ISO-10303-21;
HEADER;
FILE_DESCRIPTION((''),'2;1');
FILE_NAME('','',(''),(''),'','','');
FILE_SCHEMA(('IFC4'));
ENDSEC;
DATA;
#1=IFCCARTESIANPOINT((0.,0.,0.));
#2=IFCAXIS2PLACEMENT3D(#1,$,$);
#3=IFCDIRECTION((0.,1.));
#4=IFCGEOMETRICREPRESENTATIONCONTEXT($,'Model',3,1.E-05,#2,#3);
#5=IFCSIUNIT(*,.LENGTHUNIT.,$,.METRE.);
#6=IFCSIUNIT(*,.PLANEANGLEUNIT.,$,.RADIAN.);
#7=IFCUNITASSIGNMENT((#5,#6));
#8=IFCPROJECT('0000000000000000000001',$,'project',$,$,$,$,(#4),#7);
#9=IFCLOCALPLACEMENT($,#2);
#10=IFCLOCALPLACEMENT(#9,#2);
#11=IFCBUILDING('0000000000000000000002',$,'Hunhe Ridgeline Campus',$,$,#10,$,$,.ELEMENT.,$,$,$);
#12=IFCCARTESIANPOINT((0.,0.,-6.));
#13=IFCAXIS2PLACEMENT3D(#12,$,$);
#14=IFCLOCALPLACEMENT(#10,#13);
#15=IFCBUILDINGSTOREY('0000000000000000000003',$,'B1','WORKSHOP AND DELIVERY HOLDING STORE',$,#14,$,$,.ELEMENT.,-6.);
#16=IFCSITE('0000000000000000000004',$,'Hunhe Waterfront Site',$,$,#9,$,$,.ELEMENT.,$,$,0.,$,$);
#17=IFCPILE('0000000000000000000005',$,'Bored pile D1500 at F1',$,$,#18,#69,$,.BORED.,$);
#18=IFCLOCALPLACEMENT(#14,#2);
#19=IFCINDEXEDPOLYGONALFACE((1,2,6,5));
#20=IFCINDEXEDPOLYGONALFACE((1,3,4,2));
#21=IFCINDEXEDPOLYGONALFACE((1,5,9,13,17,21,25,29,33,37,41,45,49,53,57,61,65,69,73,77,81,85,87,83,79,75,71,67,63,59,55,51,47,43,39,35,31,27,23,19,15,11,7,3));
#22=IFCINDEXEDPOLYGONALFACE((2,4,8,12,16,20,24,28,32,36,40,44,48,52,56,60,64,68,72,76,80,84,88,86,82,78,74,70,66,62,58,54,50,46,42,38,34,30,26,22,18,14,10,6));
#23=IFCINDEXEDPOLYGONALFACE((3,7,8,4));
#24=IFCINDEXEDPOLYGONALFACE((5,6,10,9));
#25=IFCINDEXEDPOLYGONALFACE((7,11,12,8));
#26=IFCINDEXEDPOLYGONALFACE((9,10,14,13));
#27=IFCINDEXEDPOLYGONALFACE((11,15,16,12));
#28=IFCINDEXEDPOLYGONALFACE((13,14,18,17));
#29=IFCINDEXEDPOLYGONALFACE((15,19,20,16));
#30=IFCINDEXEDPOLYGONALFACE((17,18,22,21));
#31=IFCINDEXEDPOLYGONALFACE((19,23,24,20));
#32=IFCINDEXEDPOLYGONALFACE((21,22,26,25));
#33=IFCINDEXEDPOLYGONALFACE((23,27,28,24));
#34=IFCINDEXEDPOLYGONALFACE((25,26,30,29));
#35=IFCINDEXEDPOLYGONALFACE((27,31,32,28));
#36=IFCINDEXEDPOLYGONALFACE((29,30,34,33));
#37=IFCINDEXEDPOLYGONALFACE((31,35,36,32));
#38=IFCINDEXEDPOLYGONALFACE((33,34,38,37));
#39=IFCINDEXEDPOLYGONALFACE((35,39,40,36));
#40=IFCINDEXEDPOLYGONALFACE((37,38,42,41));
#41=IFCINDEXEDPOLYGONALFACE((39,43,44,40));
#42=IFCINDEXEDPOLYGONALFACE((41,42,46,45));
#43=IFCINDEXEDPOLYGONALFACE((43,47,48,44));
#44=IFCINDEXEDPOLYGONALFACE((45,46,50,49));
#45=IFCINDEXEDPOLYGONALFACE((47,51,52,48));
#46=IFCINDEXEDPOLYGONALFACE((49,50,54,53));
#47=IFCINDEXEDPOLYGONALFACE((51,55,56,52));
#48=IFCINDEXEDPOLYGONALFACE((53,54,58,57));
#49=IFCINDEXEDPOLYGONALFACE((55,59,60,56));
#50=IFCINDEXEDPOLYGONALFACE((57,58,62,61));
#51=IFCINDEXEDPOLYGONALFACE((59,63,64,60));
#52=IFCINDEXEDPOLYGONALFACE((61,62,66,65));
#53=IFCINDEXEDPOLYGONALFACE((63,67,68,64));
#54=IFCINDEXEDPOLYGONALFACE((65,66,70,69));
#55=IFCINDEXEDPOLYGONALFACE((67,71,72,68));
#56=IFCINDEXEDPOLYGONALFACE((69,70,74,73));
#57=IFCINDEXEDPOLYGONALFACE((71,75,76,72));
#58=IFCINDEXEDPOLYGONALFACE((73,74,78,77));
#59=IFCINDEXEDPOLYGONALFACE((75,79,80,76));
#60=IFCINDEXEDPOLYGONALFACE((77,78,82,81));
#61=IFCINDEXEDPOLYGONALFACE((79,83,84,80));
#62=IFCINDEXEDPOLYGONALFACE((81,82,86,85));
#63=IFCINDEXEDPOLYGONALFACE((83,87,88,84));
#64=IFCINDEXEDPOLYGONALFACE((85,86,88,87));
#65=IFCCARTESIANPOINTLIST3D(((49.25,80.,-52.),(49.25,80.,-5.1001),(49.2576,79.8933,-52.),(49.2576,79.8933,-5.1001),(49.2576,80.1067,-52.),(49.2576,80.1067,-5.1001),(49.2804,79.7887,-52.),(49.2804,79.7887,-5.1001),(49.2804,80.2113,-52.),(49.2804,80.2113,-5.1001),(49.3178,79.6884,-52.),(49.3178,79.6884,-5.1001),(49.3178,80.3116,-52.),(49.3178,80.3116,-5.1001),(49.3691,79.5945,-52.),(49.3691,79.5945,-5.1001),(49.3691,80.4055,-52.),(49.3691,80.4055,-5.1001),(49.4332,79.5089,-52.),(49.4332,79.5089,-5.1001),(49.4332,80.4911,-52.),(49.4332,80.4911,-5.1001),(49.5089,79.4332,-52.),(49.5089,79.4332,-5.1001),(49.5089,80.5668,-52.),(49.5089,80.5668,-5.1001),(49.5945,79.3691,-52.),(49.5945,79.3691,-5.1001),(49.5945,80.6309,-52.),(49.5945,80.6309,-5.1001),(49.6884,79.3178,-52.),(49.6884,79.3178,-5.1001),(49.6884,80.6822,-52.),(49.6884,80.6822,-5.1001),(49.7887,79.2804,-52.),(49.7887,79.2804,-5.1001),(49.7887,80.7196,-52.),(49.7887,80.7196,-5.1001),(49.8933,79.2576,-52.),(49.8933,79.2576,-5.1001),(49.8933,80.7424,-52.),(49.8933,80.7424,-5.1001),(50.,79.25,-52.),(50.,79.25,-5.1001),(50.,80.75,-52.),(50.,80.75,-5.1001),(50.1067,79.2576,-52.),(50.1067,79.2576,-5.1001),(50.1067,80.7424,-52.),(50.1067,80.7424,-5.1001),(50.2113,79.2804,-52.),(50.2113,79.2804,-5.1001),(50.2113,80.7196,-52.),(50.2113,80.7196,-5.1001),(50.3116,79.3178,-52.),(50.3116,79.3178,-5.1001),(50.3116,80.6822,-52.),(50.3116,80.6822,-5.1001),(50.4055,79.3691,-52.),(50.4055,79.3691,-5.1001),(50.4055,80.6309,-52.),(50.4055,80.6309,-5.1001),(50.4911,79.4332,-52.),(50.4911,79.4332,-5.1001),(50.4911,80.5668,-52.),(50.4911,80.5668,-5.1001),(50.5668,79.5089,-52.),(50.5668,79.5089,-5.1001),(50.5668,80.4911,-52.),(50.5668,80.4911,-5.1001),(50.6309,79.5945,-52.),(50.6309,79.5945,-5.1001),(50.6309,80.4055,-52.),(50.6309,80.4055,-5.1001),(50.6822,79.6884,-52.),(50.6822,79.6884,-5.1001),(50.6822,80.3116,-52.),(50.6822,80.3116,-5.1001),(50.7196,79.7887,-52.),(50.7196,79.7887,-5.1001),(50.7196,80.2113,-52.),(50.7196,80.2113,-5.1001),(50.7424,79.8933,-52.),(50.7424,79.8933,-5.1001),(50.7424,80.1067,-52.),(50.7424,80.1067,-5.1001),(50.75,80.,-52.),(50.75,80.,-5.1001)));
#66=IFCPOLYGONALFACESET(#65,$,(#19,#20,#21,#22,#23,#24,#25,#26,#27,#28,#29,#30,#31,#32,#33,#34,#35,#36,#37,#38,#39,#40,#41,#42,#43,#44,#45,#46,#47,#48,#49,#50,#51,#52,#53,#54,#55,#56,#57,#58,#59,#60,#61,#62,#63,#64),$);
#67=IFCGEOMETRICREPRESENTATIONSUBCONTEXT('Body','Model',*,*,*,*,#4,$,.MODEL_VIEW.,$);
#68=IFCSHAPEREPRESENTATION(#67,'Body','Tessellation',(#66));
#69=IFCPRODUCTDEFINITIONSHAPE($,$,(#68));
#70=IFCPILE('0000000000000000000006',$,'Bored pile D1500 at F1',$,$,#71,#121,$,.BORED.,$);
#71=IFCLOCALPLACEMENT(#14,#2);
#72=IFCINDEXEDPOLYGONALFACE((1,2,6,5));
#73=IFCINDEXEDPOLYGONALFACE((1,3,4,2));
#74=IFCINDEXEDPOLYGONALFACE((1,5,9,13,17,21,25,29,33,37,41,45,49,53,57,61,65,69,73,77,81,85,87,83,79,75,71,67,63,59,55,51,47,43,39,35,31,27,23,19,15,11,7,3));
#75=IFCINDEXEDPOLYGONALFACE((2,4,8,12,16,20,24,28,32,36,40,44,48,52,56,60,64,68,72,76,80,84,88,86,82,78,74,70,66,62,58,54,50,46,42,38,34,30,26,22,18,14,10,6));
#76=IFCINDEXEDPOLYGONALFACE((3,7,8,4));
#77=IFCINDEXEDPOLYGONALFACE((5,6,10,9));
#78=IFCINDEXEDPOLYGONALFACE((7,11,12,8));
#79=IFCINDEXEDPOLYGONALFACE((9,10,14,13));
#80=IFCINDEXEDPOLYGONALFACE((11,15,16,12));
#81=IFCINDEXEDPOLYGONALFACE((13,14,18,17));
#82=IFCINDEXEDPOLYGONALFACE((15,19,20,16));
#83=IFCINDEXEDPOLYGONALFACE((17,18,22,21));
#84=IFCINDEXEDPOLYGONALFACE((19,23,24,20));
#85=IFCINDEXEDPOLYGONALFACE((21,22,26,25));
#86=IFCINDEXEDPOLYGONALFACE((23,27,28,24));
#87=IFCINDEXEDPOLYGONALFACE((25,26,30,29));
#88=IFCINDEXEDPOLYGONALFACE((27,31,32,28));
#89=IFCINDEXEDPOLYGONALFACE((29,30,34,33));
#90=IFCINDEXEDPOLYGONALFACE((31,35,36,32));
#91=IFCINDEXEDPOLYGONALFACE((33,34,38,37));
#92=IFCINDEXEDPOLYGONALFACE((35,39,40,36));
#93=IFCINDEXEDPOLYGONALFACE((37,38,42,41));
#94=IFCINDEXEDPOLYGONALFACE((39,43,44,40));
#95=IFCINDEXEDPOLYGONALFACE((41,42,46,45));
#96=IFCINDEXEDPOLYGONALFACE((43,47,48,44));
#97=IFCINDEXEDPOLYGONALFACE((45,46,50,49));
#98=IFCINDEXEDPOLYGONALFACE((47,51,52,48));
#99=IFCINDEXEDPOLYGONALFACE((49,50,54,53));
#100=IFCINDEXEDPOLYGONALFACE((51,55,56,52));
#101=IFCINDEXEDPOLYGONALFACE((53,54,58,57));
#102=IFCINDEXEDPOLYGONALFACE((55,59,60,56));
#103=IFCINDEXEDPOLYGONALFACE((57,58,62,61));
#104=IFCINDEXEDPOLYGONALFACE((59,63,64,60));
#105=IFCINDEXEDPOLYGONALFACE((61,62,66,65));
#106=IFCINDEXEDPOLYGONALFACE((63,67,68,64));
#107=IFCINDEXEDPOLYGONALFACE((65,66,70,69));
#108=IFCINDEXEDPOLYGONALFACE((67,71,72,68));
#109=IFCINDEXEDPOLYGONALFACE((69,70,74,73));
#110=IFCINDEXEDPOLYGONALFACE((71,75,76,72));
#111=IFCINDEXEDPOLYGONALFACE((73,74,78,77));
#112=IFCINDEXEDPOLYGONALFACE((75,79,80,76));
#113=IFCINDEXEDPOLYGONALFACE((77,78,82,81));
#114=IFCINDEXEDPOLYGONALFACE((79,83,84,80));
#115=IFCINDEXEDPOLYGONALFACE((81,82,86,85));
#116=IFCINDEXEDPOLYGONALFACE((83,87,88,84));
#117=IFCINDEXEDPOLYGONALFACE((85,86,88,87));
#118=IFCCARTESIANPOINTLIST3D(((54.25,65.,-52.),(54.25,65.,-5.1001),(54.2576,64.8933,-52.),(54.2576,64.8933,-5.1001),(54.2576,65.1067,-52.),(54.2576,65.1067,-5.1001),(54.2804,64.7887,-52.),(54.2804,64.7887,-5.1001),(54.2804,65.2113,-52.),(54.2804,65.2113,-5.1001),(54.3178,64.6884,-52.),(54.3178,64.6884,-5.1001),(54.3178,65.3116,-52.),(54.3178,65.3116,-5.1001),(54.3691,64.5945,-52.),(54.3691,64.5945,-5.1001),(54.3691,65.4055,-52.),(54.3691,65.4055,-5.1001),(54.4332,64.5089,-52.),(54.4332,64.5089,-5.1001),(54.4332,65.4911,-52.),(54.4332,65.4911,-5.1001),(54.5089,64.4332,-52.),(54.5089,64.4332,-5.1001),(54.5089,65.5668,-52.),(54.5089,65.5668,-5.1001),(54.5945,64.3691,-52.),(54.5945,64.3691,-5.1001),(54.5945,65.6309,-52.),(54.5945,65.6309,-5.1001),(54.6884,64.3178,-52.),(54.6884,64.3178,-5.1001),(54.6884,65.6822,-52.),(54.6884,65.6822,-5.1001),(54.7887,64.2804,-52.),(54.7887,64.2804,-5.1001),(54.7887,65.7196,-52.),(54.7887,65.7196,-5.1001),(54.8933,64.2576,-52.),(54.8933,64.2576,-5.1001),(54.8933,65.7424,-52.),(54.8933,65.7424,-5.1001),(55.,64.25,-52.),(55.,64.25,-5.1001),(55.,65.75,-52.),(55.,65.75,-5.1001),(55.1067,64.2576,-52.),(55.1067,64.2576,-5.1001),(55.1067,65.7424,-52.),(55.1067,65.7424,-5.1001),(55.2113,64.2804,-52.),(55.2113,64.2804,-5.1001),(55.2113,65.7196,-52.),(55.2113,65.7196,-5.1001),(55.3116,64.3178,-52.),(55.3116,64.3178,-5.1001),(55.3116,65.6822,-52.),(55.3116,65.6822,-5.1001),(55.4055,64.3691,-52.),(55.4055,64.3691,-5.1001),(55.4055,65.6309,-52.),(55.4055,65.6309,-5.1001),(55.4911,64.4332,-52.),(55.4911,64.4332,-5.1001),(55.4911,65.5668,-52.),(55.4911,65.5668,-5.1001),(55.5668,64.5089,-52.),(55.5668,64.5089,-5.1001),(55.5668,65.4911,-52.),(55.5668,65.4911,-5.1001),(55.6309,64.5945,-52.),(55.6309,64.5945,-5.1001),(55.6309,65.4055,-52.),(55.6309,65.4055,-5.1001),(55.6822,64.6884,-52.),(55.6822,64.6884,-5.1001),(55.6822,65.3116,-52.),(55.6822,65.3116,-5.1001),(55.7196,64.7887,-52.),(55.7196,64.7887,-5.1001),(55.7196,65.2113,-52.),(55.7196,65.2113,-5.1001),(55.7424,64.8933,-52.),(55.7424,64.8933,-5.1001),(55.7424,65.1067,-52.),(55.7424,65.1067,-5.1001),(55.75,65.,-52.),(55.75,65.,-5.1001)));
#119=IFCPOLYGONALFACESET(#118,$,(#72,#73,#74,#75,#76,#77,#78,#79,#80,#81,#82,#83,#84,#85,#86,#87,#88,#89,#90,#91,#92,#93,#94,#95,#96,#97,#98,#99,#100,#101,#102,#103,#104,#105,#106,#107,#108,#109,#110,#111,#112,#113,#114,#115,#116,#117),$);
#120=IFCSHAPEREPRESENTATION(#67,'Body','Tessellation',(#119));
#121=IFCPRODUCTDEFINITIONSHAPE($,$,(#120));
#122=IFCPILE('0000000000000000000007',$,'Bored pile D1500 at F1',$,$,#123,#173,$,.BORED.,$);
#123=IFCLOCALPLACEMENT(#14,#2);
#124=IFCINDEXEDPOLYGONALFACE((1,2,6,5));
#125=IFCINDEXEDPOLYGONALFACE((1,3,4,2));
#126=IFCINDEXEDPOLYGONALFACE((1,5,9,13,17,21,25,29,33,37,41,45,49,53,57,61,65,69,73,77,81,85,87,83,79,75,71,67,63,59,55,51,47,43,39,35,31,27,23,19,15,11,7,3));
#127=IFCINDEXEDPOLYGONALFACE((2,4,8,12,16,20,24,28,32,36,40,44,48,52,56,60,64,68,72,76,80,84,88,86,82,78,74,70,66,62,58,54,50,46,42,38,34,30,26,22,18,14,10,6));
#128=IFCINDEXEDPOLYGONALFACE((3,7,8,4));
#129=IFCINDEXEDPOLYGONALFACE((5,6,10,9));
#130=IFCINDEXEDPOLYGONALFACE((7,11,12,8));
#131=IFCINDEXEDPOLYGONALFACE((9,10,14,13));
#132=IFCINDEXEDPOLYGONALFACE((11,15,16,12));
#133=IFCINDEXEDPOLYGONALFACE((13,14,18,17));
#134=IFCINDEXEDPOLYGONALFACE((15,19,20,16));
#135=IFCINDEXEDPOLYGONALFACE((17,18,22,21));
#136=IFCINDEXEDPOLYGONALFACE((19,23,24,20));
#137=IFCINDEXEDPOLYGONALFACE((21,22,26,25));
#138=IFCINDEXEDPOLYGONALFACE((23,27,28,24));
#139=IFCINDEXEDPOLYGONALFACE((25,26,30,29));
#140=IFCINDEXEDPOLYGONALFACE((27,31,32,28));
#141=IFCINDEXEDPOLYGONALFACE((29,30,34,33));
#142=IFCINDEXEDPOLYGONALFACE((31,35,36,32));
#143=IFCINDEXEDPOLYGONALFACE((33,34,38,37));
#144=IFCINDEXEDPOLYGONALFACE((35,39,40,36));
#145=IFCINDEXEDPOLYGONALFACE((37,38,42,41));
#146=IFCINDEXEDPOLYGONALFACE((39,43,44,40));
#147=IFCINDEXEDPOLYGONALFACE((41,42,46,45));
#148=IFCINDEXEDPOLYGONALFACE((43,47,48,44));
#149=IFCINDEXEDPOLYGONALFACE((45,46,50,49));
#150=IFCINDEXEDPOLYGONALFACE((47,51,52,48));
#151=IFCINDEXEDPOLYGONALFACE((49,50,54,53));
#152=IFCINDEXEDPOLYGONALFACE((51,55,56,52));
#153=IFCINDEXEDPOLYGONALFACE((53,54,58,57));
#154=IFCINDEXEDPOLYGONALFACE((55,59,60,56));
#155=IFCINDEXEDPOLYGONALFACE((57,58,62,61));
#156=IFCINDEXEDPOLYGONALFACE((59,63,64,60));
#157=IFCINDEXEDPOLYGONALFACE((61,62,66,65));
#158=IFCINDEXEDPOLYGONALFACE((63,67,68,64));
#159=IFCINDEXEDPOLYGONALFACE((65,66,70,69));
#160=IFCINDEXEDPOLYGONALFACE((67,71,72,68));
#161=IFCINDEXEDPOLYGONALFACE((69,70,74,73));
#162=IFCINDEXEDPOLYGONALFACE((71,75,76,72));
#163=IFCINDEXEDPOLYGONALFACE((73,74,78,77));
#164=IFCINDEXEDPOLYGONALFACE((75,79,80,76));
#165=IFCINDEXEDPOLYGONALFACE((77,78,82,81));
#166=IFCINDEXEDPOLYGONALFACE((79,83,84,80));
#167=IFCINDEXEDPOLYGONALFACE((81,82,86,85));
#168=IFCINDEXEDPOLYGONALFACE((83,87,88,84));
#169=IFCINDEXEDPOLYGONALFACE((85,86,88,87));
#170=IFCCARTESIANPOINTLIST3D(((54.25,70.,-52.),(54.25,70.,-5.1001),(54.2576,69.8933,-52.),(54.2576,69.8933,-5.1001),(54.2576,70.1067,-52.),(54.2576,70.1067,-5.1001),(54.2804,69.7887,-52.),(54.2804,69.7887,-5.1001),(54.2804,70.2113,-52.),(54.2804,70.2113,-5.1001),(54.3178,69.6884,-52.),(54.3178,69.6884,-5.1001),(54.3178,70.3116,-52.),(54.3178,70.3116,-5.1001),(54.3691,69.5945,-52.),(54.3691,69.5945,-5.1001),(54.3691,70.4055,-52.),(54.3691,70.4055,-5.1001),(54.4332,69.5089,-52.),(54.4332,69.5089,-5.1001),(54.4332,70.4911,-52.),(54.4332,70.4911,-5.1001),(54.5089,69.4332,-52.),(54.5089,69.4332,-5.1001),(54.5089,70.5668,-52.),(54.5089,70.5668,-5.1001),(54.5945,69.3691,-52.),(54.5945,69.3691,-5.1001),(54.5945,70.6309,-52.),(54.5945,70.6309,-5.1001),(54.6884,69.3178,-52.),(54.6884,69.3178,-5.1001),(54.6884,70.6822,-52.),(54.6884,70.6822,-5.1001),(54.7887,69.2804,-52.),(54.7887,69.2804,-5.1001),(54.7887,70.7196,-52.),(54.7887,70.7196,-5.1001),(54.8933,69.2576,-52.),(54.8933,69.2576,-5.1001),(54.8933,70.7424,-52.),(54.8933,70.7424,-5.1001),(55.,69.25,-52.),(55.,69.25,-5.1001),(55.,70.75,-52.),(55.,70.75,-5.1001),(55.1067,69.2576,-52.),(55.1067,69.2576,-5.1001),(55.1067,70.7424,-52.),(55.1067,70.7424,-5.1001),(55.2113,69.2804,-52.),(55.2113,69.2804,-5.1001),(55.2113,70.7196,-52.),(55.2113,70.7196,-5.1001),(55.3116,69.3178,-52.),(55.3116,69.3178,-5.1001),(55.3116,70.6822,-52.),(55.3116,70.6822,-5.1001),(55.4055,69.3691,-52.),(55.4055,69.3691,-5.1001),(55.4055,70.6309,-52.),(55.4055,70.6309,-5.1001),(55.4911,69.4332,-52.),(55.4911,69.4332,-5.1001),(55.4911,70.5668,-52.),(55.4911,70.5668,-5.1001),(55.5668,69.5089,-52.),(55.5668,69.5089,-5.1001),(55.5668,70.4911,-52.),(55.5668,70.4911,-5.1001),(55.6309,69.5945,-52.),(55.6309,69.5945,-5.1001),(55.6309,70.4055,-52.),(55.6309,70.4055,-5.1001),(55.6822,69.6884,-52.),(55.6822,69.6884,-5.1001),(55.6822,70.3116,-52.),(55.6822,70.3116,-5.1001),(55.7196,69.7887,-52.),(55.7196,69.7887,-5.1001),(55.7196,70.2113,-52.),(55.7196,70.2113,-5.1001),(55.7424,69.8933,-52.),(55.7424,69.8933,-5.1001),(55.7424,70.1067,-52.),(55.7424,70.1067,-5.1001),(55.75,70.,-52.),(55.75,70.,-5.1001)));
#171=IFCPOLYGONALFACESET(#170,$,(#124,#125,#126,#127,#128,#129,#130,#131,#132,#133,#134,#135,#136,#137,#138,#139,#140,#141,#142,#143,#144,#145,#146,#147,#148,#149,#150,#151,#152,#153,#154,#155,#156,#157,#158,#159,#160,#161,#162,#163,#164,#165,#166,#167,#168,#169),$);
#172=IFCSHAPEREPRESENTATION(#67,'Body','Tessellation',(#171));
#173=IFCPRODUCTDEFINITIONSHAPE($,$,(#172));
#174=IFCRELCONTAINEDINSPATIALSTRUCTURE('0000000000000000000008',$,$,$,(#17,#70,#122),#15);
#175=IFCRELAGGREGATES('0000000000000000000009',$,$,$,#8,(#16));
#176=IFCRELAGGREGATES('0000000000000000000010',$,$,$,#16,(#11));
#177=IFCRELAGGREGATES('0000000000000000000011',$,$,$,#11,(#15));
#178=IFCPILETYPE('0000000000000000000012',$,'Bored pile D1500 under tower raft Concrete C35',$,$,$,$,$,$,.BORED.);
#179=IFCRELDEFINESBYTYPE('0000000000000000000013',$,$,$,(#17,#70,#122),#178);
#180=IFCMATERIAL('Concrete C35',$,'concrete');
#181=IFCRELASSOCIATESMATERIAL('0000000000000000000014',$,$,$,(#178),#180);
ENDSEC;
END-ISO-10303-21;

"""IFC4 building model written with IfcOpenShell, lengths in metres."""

from ifc_helpers import new_model, si_unit, direction, frame, origin, origin_2d, place, context, subcontext, project, spatial, circle, extrude, material, material_profile, profile_set, type_object, element, save


model = new_model("IFC4")

# Units and contexts
model_context = context("Model", 3, precision=1e-05, world=origin(), true_north=direction((0.0, 1.0)))
body_context = subcontext(model_context, "Body", "Model", "MODEL_VIEW")
ifc_project = project(units=[si_unit("LENGTHUNIT", "METRE"), si_unit("PLANEANGLEUNIT", "RADIAN")], contexts=[model_context])

# Site, building, storey
site_placement = place(None, origin())
site = spatial("IfcSite", under=ifc_project, at=site_placement, Name="Hunhe Waterfront Site", CompositionType="ELEMENT", RefElevation=0.0)
building_placement = place(site_placement, origin())
building = spatial("IfcBuilding", under=site, at=building_placement, Name="Hunhe Ridgeline Campus", CompositionType="ELEMENT")
storey_placement = place(building_placement, frame((0.0, 0.0, -6.0)))
storey = spatial("IfcBuildingStorey", under=building, at=storey_placement, Name="B1", Description="WORKSHOP AND DELIVERY HOLDING STORE", CompositionType="ELEMENT", Elevation=-6.0)

# Piles
ifc_material_1 = material(Name="Concrete C35", Category="concrete")
ifc_material_profile_1 = material_profile(ifc_material_1, circle(Radius=0.75, at=origin_2d()))
ifc_profile_set_1 = profile_set([ifc_material_profile_1], Name="Concrete C35")
pile_type = type_object("IfcPileType", Name="Bored pile D1500 under tower raft Concrete C35", PredefinedType="BORED", material=ifc_profile_set_1)
for number, where, z_axis, x_axis, name in (
    (1, (50.0, 80.0, -5.1001), (0.0, 0.0, -1.0), (1.0, 0.0, 0.0), "Bored pile D1500 at F1"),
    (2, (55.0, 65.0, -5.1001), (0.0, 0.0, -1.0), (1.0, 0.0, 0.0), "Bored pile D1500 at F1"),
    (3, (55.0, 70.0, -5.1001), (0.0, 0.0, -1.0), (1.0, 0.0, 0.0), "Bored pile D1500 at F1"),
):
    element("IfcPile", number, at=place(storey_placement, frame(where, z_axis=z_axis, x_axis=x_axis)), inside=storey, type_object=pile_type, Name=name, PredefinedType="BORED", context=body_context, shape_type="SweptSolid", body=[
        extrude(circle(Radius=0.75, at=origin_2d()), origin(), (0.0, 0.0, 1.0), 46.8999),
    ])

save(model, "model.ifc")
